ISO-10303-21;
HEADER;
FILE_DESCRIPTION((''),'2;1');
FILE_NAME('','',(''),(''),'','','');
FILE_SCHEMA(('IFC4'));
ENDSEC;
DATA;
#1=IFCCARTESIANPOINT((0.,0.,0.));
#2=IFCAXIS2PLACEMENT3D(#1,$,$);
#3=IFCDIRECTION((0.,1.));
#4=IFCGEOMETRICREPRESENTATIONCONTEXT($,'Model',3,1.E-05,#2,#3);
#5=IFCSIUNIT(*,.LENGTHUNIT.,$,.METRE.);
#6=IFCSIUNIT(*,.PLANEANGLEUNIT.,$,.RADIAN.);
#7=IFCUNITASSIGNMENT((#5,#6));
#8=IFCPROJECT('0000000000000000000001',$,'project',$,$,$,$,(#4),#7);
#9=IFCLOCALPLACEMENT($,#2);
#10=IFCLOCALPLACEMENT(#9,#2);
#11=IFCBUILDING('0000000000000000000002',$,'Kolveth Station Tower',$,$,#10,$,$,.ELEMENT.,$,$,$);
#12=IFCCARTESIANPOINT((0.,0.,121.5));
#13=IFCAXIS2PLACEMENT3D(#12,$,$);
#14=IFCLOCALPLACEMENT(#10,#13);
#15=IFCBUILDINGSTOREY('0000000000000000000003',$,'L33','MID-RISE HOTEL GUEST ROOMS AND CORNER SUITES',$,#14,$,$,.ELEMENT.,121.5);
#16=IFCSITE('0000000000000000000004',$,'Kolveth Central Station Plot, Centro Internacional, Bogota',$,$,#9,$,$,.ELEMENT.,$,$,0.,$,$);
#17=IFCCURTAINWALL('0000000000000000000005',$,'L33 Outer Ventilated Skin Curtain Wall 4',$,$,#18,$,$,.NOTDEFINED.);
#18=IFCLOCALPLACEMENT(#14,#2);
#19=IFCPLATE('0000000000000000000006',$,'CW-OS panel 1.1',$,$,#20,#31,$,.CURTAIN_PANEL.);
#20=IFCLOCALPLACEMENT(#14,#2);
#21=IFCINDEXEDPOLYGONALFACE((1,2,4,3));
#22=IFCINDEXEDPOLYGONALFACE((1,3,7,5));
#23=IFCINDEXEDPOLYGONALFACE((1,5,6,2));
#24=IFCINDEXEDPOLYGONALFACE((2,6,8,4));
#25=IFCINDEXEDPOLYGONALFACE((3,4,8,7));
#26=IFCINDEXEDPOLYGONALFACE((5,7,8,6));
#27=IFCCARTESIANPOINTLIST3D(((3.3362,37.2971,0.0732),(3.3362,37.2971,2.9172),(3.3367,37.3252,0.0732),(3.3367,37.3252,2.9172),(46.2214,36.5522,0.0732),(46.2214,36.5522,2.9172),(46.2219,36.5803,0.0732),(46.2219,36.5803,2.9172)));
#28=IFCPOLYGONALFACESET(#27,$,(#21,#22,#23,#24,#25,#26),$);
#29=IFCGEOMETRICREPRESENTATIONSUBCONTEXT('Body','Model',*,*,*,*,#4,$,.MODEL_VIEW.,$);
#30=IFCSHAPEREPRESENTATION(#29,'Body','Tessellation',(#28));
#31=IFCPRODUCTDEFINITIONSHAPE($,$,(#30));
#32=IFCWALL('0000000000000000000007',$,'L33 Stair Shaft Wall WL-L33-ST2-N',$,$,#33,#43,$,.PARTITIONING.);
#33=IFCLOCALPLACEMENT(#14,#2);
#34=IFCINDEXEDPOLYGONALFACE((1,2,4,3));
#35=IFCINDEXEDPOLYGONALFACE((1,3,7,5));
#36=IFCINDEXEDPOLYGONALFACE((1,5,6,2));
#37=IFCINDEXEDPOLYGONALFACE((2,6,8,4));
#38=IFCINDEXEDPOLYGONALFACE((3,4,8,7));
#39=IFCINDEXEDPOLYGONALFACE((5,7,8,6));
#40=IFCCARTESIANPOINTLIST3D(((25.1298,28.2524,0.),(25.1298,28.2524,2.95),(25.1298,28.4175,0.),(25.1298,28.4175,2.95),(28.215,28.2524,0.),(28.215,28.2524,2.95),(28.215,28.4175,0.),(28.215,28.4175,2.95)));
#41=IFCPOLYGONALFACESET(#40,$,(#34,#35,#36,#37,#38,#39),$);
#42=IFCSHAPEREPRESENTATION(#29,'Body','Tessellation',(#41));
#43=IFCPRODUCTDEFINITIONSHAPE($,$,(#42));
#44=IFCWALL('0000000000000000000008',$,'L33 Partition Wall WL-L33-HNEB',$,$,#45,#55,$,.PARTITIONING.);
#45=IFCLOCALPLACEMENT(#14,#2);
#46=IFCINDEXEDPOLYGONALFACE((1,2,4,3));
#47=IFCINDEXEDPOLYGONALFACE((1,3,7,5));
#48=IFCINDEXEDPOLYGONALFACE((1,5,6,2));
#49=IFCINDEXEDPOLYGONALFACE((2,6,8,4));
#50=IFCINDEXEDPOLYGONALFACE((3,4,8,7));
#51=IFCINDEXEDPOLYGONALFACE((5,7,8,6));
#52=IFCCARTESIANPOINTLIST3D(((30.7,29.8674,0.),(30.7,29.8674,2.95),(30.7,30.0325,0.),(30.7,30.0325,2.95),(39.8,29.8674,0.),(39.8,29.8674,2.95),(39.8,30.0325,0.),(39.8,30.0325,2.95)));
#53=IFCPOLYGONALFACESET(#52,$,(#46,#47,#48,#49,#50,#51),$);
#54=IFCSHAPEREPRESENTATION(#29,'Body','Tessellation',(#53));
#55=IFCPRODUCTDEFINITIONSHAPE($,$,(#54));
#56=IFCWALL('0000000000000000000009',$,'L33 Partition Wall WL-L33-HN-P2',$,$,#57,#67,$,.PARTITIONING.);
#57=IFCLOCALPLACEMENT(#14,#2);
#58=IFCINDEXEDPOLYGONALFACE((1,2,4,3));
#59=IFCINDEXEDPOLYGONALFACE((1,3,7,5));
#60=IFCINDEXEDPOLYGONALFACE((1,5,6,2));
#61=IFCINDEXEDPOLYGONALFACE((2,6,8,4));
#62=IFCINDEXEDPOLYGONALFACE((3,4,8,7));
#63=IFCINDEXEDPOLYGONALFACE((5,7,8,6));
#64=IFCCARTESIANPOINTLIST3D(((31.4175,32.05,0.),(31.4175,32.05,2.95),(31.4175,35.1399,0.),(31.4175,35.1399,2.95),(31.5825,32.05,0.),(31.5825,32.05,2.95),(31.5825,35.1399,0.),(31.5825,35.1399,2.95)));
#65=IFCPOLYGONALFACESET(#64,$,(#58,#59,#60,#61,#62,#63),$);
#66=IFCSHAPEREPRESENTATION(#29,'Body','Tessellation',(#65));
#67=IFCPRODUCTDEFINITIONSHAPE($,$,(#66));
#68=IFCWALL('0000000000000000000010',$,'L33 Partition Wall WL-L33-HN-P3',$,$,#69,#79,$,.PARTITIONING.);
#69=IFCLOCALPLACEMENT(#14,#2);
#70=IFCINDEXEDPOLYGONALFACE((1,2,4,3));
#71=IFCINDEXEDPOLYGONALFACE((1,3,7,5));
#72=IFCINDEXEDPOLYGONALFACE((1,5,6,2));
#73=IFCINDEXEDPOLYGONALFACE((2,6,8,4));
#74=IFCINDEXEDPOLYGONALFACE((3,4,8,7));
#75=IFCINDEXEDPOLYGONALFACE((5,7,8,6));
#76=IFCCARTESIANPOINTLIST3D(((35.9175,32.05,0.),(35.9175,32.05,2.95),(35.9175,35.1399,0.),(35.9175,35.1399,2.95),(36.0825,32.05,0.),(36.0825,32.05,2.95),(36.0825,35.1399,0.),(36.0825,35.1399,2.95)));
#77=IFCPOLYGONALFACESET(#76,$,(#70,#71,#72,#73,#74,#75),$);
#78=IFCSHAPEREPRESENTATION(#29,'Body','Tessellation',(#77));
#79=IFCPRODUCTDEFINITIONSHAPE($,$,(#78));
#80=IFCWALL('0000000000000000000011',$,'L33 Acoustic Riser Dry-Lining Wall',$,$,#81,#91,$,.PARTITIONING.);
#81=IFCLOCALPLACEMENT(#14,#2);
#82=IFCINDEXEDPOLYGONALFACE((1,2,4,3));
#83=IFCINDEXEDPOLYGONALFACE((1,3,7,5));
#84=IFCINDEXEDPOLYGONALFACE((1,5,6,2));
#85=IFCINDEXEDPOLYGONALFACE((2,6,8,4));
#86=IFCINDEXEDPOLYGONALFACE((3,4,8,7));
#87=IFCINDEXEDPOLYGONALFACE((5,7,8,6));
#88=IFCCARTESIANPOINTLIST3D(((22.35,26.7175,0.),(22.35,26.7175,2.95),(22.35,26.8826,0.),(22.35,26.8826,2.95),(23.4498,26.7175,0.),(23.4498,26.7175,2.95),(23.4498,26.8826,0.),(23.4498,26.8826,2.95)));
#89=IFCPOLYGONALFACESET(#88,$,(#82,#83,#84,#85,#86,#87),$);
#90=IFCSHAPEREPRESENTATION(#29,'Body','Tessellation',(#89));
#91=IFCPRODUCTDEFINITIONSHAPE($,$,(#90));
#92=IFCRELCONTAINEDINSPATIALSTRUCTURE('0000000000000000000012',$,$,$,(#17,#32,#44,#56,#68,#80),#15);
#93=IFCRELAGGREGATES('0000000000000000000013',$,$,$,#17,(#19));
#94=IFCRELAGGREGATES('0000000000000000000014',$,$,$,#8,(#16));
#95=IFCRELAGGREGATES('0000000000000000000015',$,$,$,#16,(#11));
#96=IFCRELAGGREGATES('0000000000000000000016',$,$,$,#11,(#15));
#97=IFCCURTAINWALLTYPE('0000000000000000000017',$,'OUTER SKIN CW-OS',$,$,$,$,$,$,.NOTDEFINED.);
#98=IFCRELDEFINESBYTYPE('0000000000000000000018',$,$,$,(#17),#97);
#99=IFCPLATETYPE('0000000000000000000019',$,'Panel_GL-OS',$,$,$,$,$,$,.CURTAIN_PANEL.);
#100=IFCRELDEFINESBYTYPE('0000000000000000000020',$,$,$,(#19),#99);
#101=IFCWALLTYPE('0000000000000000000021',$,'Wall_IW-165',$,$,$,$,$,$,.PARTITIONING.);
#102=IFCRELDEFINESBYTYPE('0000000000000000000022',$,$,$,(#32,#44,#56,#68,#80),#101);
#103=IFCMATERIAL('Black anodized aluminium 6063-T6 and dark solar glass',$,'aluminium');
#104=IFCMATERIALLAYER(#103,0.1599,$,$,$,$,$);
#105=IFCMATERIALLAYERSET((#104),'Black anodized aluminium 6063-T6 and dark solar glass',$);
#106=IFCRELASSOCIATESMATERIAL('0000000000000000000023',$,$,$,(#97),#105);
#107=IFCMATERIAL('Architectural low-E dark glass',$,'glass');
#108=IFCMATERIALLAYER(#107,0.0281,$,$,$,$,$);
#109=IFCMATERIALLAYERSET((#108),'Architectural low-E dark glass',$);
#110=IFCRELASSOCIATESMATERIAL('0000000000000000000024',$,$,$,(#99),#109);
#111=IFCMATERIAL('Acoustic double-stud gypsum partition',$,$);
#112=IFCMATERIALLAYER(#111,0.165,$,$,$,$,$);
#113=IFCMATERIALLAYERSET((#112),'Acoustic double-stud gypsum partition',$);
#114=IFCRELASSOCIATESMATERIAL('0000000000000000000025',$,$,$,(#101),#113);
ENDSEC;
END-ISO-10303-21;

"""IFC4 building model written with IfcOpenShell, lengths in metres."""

from ifc_helpers import new_model, si_unit, direction, frame, frame_2d, origin, origin_2d, place, context, subcontext, project, spatial, rectangle, extrude, source, transform, mapped, material, layer, layer_set, type_object, element, aggregate, save


model = new_model("IFC4")

# Units and contexts
model_context = context("Model", 3, precision=1e-05, world=origin(), true_north=direction((0.0, 1.0)))
body_context = subcontext(model_context, "Body", "Model", "MODEL_VIEW")
ifc_project = project(units=[si_unit("LENGTHUNIT", "METRE"), si_unit("PLANEANGLEUNIT", "RADIAN")], contexts=[model_context])

# Site, building, storey
site_placement = place(None, origin())
site = spatial("IfcSite", under=ifc_project, at=site_placement, Name="Kolveth Central Station Plot, Centro Internacional, Bogota", CompositionType="ELEMENT", RefElevation=0.0)
building_placement = place(site_placement, origin())
building = spatial("IfcBuilding", under=site, at=building_placement, Name="Kolveth Station Tower", CompositionType="ELEMENT")
storey_placement = place(building_placement, frame((0.0, 0.0, 121.5)))
storey = spatial("IfcBuildingStorey", under=building, at=storey_placement, Name="L33", Description="MID-RISE HOTEL GUEST ROOMS AND CORNER SUITES", CompositionType="ELEMENT", Elevation=121.5)

# Shared definitions
ifc_material_1 = material(Name="Architectural low-E dark glass", Category="glass")

# Curtain wall, plate
ifc_material_2 = material(Name="Black anodized aluminium 6063-T6 and dark solar glass", Category="aluminium")
ifc_layer_1 = layer(ifc_material_2, 0.1599)
ifc_layer_set_1 = layer_set([ifc_layer_1], Name="Black anodized aluminium 6063-T6 and dark solar glass")
curtain_wall_type_1 = type_object("IfcCurtainWallType", Name="OUTER SKIN CW-OS", PredefinedType="NOTDEFINED", material=ifc_layer_set_1)
curtain_wall_1_placement = place(storey_placement, origin())
curtain_wall_1 = element("IfcCurtainWall", 1, at=curtain_wall_1_placement, inside=storey, type_object=curtain_wall_type_1, Name="L33 Outer Ventilated Skin Curtain Wall 4", PredefinedType="NOTDEFINED")
ifc_layer_2 = layer(ifc_material_1, 0.0281)
ifc_layer_set_2 = layer_set([ifc_layer_2], Name="Architectural low-E dark glass")
plate_type_1 = type_object("IfcPlateType", Name="Panel_GL-OS", PredefinedType="CURTAIN_PANEL", material=ifc_layer_set_2)
shared_shape_1 = source(origin(), body_context, "Body", "SweptSolid", [
    extrude(rectangle(XDim=42.8916, YDim=0.0281, at=origin_2d()), origin(), (0.0, 0.0, 1.0), 2.844),
])
plate_1_placement = place(storey_placement, frame((24.7791, 36.9387, 0.0732), z_axis=(0.0, 0.0, 1.0), x_axis=(-0.999849, 0.017367, 0.0)))
plate_1 = element("IfcPlate", 2, at=plate_1_placement, type_object=plate_type_1, Name="CW-OS panel 1.1", PredefinedType="CURTAIN_PANEL", context=body_context, shape_type="MappedRepresentation", body=[
    mapped(shared_shape_1, transform((0.0, 0.0, 0.0), x_axis=(1.0, 0.0, 0.0), y_axis=(0.0, 1.0, 0.0), z_axis=(0.0, 0.0, 1.0), scale=1.0)),
])
aggregate(curtain_wall_1, [plate_1])

# Walls
ifc_material_3 = material(Name="Acoustic double-stud gypsum partition")
ifc_layer_3 = layer(ifc_material_3, 0.165)
ifc_layer_set_3 = layer_set([ifc_layer_3], Name="Acoustic double-stud gypsum partition")
wall_type = type_object("IfcWallType", Name="Wall_IW-165", PredefinedType="PARTITIONING", material=ifc_layer_set_3)
wall_1_placement = place(storey_placement, frame((25.1299, 28.335, 0.0), z_axis=(0.0, 0.0, 1.0), x_axis=(1.0, 0.0, 0.0)))
element("IfcWall", 3, at=wall_1_placement, inside=storey, type_object=wall_type, Name="L33 Stair Shaft Wall WL-L33-ST2-N", PredefinedType="PARTITIONING", context=body_context, shape_type="SweptSolid", body=[
    extrude(rectangle(XDim=3.0852, YDim=0.165, at=frame_2d((1.5425, 0.0))), origin(), (0.0, 0.0, 1.0), 2.95),
])
wall_2_placement = place(storey_placement, frame((30.7, 29.95, 0.0), z_axis=(0.0, 0.0, 1.0), x_axis=(1.0, 0.0, 0.0)))
element("IfcWall", 4, at=wall_2_placement, inside=storey, type_object=wall_type, Name="L33 Partition Wall WL-L33-HNEB", PredefinedType="PARTITIONING", context=body_context, shape_type="SweptSolid", body=[
    extrude(rectangle(XDim=9.1001, YDim=0.165, at=frame_2d((4.55, 0.0))), origin(), (0.0, 0.0, 1.0), 2.95),
])
for number, where, z_axis, x_axis, name in (
    (5, (31.5, 32.05, 0.0), (0.0, 0.0, 1.0), (0.0, 1.0, 0.0), "L33 Partition Wall WL-L33-HN-P2"),
    (6, (36.0, 32.05, 0.0), (0.0, 0.0, 1.0), (0.0, 1.0, 0.0), "L33 Partition Wall WL-L33-HN-P3"),
):
    element("IfcWall", number, at=place(storey_placement, frame(where, z_axis=z_axis, x_axis=x_axis)), inside=storey, type_object=wall_type, Name=name, PredefinedType="PARTITIONING", context=body_context, shape_type="SweptSolid", body=[
        extrude(rectangle(XDim=3.0898, YDim=0.165, at=frame_2d((1.5449, 0.0))), origin(), (0.0, 0.0, 1.0), 2.95),
    ])
wall_3_placement = place(storey_placement, frame((22.3501, 26.8, 0.0), z_axis=(0.0, 0.0, 1.0), x_axis=(1.0, 0.0, 0.0)))
element("IfcWall", 7, at=wall_3_placement, inside=storey, type_object=wall_type, Name="L33 Acoustic Riser Dry-Lining Wall", PredefinedType="PARTITIONING", context=body_context, shape_type="SweptSolid", body=[
    extrude(rectangle(XDim=1.0999, YDim=0.165, at=frame_2d((0.5498, 0.0))), origin(), (0.0, 0.0, 1.0), 2.95),
])

save(model, "model.ifc")
